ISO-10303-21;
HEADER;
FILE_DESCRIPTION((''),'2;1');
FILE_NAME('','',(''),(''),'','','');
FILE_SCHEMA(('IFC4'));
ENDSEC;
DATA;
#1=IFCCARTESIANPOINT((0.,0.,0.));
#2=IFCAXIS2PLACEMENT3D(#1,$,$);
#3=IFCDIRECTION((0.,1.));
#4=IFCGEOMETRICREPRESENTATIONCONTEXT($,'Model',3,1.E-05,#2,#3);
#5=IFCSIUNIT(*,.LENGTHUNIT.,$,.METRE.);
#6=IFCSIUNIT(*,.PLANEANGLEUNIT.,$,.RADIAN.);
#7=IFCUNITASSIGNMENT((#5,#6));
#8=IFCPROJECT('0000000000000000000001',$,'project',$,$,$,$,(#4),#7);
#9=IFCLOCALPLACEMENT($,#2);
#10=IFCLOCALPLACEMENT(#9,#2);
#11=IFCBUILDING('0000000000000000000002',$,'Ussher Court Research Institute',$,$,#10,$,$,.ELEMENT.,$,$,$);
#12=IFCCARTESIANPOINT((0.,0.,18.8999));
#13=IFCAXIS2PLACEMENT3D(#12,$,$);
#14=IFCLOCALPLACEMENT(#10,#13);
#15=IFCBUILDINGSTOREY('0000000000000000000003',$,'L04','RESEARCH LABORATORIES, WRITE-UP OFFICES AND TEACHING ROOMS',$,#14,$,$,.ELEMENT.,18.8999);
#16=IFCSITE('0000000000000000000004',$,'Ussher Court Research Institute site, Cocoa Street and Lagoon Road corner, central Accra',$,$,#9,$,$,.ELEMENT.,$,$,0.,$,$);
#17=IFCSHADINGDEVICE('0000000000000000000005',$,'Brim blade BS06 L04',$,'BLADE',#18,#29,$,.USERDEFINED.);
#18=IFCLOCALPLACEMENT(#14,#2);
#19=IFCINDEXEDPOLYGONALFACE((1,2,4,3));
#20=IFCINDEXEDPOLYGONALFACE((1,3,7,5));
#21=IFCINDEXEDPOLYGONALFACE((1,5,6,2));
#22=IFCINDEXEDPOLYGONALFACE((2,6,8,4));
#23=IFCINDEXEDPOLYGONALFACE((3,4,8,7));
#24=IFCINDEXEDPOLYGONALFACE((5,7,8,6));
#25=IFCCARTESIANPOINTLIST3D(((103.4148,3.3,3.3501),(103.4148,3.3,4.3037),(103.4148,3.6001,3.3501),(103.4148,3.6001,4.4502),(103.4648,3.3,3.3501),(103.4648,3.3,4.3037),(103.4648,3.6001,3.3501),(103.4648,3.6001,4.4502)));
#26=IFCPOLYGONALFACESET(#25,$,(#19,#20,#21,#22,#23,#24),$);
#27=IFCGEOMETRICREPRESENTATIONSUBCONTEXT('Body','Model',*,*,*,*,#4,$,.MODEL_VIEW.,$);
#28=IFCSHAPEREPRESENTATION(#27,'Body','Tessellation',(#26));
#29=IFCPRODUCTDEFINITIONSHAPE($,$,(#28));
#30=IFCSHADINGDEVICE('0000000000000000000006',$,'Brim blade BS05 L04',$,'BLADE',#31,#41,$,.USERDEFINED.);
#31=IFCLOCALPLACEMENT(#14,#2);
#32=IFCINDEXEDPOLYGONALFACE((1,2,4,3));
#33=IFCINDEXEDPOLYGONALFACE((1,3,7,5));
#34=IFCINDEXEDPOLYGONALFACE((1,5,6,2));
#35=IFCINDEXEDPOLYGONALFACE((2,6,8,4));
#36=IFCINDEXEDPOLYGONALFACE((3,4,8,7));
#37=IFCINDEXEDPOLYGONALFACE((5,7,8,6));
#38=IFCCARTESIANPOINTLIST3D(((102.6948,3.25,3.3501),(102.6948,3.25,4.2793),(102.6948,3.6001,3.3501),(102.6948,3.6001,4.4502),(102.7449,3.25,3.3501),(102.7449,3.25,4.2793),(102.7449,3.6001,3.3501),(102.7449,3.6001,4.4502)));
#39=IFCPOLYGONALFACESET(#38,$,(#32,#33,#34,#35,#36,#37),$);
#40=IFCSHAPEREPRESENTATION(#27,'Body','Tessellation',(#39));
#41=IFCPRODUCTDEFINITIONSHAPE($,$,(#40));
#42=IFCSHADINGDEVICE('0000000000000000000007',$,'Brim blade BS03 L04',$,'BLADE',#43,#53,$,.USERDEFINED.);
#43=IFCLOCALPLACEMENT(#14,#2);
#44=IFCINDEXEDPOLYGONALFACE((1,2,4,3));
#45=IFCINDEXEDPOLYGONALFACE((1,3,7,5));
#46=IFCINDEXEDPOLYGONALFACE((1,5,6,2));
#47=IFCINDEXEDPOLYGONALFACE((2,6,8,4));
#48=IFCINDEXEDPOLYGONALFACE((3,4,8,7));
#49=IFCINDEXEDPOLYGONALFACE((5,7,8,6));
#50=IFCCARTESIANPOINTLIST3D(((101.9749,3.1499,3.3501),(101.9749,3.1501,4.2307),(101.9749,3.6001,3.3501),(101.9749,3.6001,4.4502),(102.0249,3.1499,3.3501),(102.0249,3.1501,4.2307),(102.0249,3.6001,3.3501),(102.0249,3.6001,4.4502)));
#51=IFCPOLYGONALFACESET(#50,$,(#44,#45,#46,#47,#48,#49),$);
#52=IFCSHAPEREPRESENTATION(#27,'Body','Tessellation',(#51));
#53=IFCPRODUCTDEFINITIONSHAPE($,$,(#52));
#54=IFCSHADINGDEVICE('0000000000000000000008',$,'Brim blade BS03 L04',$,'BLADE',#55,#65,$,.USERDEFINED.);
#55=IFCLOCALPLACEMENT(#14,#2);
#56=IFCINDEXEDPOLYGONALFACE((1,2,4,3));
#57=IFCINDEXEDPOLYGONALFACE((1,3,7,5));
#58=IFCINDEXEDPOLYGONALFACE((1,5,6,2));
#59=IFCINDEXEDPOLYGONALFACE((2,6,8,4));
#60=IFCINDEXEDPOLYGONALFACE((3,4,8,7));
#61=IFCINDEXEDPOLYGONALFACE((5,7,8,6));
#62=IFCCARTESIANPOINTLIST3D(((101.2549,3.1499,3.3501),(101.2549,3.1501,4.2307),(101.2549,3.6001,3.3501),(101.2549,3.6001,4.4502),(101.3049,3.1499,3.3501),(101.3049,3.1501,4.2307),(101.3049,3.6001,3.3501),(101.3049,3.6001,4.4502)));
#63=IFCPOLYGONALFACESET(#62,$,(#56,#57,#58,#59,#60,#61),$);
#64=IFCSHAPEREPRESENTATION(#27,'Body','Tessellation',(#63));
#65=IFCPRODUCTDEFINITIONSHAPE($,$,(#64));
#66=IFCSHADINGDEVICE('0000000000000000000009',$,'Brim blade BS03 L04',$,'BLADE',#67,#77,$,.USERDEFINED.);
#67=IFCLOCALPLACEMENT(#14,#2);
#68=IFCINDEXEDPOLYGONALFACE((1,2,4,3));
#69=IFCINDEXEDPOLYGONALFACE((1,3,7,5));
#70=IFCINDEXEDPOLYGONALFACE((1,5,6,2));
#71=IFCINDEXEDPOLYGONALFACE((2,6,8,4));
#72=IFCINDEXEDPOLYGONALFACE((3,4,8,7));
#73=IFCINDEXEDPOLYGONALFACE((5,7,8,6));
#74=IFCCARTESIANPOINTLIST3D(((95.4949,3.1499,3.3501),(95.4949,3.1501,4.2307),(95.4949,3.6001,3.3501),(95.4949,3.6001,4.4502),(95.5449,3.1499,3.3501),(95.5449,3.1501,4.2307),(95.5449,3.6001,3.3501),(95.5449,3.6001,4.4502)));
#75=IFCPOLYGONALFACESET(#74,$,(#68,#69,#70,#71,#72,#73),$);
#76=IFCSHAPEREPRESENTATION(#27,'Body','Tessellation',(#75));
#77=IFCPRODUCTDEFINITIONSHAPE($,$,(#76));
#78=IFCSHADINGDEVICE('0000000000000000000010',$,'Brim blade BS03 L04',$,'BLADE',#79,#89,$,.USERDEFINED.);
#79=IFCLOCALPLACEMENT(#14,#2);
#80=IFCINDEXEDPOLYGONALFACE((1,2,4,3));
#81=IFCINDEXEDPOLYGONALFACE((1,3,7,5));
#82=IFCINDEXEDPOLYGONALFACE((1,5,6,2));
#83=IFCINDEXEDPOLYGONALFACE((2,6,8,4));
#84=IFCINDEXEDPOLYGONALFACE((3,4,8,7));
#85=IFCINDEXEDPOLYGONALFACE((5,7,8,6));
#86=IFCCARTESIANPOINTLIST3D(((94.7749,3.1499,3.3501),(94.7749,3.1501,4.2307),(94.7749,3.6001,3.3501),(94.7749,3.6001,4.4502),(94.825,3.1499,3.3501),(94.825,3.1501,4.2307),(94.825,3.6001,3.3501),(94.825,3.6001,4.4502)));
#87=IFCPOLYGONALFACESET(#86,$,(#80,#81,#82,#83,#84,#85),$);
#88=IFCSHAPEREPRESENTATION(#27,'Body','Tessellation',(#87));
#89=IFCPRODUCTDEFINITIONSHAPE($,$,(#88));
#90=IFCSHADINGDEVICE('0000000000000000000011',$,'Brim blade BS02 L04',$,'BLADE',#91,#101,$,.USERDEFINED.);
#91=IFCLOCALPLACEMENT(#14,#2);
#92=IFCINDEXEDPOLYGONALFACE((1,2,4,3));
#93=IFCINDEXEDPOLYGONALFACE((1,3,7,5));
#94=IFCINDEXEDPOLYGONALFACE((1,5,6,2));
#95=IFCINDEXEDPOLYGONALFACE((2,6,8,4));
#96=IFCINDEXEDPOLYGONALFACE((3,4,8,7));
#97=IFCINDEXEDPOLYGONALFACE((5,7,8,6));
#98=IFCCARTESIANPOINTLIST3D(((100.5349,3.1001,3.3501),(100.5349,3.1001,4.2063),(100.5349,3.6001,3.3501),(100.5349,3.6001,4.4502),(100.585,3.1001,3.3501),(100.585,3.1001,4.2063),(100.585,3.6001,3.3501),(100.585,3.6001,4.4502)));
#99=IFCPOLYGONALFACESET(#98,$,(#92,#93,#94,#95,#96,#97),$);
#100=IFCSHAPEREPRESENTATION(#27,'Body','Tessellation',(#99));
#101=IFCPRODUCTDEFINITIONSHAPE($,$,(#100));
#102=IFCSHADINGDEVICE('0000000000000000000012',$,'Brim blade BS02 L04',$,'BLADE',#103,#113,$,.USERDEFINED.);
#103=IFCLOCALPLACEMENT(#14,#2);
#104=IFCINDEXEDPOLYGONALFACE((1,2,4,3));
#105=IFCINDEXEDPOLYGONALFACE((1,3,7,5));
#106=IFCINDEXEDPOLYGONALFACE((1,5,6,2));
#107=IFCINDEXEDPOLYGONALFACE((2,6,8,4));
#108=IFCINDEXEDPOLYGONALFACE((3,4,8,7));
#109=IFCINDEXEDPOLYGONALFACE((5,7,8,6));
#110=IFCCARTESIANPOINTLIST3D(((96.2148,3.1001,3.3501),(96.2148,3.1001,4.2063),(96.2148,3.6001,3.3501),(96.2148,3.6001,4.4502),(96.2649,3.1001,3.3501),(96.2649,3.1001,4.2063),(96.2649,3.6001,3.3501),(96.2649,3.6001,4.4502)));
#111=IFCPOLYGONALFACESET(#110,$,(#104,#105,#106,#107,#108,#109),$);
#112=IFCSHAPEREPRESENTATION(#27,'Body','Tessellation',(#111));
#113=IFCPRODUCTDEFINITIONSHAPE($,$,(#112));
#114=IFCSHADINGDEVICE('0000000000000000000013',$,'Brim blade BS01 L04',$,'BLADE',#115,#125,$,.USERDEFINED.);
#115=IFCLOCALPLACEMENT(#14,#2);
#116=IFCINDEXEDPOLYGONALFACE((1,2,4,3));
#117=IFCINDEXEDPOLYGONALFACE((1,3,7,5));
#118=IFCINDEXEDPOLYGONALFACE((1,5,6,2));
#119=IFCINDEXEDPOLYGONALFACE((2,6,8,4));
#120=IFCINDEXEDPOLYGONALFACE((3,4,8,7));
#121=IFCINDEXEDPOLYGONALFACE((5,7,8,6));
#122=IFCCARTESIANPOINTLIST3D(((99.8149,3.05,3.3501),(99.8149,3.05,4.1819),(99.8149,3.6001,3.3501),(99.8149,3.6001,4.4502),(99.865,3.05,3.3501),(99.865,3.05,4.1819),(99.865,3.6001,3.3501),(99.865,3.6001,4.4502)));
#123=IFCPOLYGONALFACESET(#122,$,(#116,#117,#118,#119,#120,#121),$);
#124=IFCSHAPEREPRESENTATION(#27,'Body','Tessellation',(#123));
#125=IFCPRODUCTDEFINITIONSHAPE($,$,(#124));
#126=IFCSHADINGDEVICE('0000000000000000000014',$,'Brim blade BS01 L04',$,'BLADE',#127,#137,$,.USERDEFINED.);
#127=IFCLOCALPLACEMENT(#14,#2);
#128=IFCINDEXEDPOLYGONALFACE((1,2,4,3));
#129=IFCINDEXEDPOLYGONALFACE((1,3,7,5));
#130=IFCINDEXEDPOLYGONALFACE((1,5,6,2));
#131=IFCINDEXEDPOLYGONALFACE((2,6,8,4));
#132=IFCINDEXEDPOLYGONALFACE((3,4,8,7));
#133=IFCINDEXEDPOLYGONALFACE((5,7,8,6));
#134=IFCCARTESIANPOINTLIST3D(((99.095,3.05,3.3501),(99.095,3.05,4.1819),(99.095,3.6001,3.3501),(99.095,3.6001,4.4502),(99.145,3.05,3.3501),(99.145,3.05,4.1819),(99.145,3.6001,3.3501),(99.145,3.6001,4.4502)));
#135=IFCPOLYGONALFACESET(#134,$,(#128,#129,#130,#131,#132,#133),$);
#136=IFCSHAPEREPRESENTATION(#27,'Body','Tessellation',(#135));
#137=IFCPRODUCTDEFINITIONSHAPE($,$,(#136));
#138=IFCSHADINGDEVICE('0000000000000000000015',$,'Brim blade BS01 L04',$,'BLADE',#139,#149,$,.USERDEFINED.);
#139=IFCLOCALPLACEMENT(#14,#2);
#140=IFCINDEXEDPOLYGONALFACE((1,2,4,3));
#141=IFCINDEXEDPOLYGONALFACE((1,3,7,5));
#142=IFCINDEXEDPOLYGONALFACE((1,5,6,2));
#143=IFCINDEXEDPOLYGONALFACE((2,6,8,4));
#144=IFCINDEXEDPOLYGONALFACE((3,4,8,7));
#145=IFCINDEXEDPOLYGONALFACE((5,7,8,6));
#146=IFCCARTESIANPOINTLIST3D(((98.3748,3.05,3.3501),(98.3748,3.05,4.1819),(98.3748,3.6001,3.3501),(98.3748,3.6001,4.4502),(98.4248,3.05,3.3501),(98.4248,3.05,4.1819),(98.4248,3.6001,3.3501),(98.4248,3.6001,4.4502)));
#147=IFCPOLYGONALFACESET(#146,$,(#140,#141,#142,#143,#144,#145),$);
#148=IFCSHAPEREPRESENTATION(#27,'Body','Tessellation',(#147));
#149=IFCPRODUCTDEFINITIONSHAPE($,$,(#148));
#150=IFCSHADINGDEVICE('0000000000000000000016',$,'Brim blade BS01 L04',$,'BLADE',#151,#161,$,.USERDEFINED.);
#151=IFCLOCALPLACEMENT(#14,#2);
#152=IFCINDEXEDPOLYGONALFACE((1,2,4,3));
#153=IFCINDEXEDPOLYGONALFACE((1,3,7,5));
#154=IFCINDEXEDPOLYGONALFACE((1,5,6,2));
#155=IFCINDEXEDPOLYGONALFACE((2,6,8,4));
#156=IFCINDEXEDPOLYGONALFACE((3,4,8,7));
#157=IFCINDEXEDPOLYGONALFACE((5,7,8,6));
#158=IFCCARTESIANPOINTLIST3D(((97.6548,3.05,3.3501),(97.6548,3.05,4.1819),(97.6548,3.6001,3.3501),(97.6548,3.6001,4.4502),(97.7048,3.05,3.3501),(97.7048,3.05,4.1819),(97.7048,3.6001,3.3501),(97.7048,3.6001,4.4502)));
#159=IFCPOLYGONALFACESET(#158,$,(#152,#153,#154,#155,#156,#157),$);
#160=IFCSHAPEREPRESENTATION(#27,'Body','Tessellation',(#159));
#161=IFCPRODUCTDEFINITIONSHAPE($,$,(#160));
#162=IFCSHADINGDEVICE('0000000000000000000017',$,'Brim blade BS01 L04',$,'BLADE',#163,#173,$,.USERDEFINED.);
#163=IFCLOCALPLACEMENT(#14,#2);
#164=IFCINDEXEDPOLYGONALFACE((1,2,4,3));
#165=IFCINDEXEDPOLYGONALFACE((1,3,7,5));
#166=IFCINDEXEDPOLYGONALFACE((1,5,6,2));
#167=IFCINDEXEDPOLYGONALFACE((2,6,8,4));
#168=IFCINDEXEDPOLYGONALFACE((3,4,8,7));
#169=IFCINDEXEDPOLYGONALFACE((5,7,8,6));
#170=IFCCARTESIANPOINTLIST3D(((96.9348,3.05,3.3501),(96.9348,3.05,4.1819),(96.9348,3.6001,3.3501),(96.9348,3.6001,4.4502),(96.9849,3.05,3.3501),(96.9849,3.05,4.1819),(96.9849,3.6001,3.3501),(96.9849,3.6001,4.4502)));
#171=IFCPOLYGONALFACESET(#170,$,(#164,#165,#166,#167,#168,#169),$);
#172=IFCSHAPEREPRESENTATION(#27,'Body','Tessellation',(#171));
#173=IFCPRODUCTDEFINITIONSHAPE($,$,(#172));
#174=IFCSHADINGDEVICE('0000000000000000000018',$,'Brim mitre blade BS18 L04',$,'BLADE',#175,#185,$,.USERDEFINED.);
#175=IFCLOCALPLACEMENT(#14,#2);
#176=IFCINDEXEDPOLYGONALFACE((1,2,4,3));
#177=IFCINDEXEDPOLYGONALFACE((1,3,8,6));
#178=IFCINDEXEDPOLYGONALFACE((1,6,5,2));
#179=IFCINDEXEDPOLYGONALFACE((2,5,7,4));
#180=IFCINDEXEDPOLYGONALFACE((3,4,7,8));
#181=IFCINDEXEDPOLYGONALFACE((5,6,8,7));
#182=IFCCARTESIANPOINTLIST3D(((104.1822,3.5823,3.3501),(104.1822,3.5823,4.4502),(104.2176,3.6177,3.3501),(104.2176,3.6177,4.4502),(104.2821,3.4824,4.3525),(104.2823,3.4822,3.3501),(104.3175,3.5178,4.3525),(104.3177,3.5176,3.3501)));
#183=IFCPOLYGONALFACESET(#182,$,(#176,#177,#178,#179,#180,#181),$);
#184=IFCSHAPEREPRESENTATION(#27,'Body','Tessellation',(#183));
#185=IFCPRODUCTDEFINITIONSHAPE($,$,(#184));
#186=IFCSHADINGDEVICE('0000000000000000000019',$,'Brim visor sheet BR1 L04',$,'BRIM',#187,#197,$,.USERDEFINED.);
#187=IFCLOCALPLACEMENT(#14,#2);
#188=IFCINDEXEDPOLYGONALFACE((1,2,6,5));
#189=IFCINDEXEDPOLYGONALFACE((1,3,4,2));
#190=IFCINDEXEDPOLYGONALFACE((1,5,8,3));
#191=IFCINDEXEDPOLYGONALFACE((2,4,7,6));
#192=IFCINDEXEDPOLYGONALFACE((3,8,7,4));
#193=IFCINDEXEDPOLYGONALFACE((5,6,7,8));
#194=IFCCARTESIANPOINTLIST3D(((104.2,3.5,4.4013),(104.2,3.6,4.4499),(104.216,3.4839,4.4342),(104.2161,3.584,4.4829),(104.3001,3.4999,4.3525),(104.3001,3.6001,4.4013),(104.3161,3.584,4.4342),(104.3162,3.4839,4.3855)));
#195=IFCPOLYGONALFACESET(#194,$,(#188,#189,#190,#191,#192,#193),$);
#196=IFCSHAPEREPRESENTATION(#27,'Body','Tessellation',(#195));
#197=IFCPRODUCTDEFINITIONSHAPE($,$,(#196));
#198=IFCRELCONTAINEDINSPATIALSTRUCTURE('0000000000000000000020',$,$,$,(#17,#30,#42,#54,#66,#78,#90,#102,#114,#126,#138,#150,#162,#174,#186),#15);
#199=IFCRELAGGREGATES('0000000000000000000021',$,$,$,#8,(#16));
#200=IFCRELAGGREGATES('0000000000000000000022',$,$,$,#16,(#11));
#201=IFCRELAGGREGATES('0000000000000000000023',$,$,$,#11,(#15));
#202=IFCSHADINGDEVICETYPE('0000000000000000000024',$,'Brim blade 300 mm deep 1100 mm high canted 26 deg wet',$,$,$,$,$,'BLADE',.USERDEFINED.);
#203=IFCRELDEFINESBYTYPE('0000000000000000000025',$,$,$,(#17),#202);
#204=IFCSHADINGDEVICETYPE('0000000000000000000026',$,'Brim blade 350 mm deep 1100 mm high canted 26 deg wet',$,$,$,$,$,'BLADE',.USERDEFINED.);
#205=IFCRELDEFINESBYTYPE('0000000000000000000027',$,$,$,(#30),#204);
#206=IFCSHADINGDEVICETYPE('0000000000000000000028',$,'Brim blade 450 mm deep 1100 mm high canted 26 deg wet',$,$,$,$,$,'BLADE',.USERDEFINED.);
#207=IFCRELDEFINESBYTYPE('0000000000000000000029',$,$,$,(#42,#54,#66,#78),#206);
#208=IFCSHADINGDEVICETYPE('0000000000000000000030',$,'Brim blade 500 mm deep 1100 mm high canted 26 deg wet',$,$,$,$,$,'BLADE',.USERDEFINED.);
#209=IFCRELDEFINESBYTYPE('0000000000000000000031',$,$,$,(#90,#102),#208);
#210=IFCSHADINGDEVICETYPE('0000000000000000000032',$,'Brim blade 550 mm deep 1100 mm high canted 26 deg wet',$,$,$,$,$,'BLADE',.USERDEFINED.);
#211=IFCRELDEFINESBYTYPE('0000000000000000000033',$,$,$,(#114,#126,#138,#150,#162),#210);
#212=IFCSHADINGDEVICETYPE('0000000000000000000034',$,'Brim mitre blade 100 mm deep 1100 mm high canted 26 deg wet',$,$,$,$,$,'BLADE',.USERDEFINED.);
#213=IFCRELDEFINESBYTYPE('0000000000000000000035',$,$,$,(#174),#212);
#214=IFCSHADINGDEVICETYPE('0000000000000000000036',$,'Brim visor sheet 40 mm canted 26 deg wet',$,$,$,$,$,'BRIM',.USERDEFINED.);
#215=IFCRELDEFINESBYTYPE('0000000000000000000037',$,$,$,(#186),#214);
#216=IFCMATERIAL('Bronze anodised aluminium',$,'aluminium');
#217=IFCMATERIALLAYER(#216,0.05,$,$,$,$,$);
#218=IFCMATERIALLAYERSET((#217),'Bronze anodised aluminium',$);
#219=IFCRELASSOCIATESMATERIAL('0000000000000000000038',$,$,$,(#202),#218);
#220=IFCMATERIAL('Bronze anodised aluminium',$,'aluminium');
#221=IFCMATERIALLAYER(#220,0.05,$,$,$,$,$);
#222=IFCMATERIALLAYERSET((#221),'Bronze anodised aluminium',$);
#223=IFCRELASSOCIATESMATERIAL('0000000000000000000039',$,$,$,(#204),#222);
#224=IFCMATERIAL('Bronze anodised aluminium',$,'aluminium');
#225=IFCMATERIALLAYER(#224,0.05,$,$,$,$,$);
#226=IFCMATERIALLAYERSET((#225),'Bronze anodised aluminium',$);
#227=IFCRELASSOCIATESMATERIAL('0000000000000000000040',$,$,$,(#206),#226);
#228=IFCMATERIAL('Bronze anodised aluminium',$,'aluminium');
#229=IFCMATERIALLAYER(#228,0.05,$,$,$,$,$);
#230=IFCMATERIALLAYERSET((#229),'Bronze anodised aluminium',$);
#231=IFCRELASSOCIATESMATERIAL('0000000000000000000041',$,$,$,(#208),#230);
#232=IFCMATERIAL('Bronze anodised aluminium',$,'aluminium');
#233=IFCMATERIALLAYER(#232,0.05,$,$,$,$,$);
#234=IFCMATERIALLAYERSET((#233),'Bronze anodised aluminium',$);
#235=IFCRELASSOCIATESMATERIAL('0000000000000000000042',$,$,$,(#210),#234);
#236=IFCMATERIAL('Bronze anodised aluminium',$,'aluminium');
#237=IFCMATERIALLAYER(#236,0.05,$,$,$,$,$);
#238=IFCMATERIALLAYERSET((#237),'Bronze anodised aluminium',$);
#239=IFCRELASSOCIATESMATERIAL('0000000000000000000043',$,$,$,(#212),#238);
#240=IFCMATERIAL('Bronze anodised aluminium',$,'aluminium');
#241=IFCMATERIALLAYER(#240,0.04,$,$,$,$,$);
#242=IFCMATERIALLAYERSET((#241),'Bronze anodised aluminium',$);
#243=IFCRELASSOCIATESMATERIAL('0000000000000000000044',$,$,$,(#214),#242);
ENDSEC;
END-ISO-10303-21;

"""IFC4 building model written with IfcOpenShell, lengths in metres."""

from ifc_helpers import new_model, si_unit, direction, frame, origin, place, context, subcontext, project, spatial, polyline, outline, extrude, material, layer, layer_set, type_object, element, save


model = new_model("IFC4")

# Units and contexts
model_context = context("Model", 3, precision=1e-05, world=origin(), true_north=direction((0.0, 1.0)))
body_context = subcontext(model_context, "Body", "Model", "MODEL_VIEW")
ifc_project = project(units=[si_unit("LENGTHUNIT", "METRE"), si_unit("PLANEANGLEUNIT", "RADIAN")], contexts=[model_context])

# Site, building, storey
site_placement = place(None, origin())
site = spatial("IfcSite", under=ifc_project, at=site_placement, Name="Ussher Court Research Institute site, Cocoa Street and Lagoon Road corner, central Accra", CompositionType="ELEMENT", RefElevation=0.0)
building_placement = place(site_placement, origin())
building = spatial("IfcBuilding", under=site, at=building_placement, Name="Ussher Court Research Institute", CompositionType="ELEMENT")
storey_placement = place(building_placement, frame((0.0, 0.0, 18.8999)))
storey = spatial("IfcBuildingStorey", under=building, at=storey_placement, Name="L04", Description="RESEARCH LABORATORIES, WRITE-UP OFFICES AND TEACHING ROOMS", CompositionType="ELEMENT", Elevation=18.8999)

# Shading devices
ifc_material_1 = material(Name="Bronze anodised aluminium", Category="aluminium")
ifc_layer_1 = layer(ifc_material_1, 0.05)
ifc_layer_set_1 = layer_set([ifc_layer_1], Name="Bronze anodised aluminium")
shading_device_type_1 = type_object("IfcShadingDeviceType", Name="Brim blade 300 mm deep 1100 mm high canted 26 deg wet", ElementType="BLADE", PredefinedType="USERDEFINED", material=ifc_layer_set_1)
shading_device_1_placement = place(storey_placement, frame((103.4399, 3.6001, 3.3501), z_axis=(0.0, 0.0, 1.0), x_axis=(0.0, -1.0, 0.0)))
element("IfcShadingDevice", 1, at=shading_device_1_placement, inside=storey, type_object=shading_device_type_1, Name="Brim blade BS06 L04", ObjectType="BLADE", PredefinedType="USERDEFINED", context=body_context, shape_type="SweptSolid", body=[
    extrude(outline(polyline([(0.0, 0.0), (0.3, 0.0), (0.3, 0.9536), (0.0, 1.1001), (0.0, 0.0)])), frame((0.0, 0.0249, 0.0), z_axis=(0.0, -1.0, 0.0), x_axis=(1.0, 0.0, 0.0)), (0.0, 0.0, 1.0), 0.05),
])
ifc_material_2 = material(Name="Bronze anodised aluminium", Category="aluminium")
ifc_layer_2 = layer(ifc_material_2, 0.05)
ifc_layer_set_2 = layer_set([ifc_layer_2], Name="Bronze anodised aluminium")
shading_device_type_2 = type_object("IfcShadingDeviceType", Name="Brim blade 350 mm deep 1100 mm high canted 26 deg wet", ElementType="BLADE", PredefinedType="USERDEFINED", material=ifc_layer_set_2)
shading_device_2_placement = place(storey_placement, frame((102.72, 3.6001, 3.3501), z_axis=(0.0, 0.0, 1.0), x_axis=(0.0, -1.0, 0.0)))
element("IfcShadingDevice", 2, at=shading_device_2_placement, inside=storey, type_object=shading_device_type_2, Name="Brim blade BS05 L04", ObjectType="BLADE", PredefinedType="USERDEFINED", context=body_context, shape_type="SweptSolid", body=[
    extrude(outline(polyline([(0.0, 0.0), (0.3501, 0.0), (0.3501, 0.9292), (0.0, 1.1001), (0.0, 0.0)])), frame((0.0, 0.0249, 0.0), z_axis=(0.0, -1.0, 0.0), x_axis=(1.0, 0.0, 0.0)), (0.0, 0.0, 1.0), 0.05),
])
ifc_material_3 = material(Name="Bronze anodised aluminium", Category="aluminium")
ifc_layer_3 = layer(ifc_material_3, 0.05)
ifc_layer_set_3 = layer_set([ifc_layer_3], Name="Bronze anodised aluminium")
shading_device_type_3 = type_object("IfcShadingDeviceType", Name="Brim blade 450 mm deep 1100 mm high canted 26 deg wet", ElementType="BLADE", PredefinedType="USERDEFINED", material=ifc_layer_set_3)
for number, where, z_axis, x_axis, name in (
    (3, (102.0, 3.6001, 3.3501), (0.0, 0.0, 1.0), (0.0, -1.0, 0.0), "Brim blade BS03 L04"),
    (4, (101.28, 3.6001, 3.3501), (0.0, 0.0, 1.0), (0.0, -1.0, 0.0), "Brim blade BS03 L04"),
    (5, (95.52, 3.6001, 3.3501), (0.0, 0.0, 1.0), (0.0, -1.0, 0.0), "Brim blade BS03 L04"),
    (6, (94.8, 3.6001, 3.3501), (0.0, 0.0, 1.0), (0.0, -1.0, 0.0), "Brim blade BS03 L04"),
):
    element("IfcShadingDevice", number, at=place(storey_placement, frame(where, z_axis=z_axis, x_axis=x_axis)), inside=storey, type_object=shading_device_type_3, Name=name, ObjectType="BLADE", PredefinedType="USERDEFINED", context=body_context, shape_type="SweptSolid", body=[
        extrude(outline(polyline([(0.0, 0.0), (0.4502, 0.0), (0.45, 0.8806), (0.0, 1.1001), (0.0, 0.0)])), frame((0.0, 0.0249, 0.0), z_axis=(0.0, -1.0, 0.0), x_axis=(1.0, 0.0, 0.0)), (0.0, 0.0, 1.0), 0.05),
    ])
ifc_material_4 = material(Name="Bronze anodised aluminium", Category="aluminium")
ifc_layer_4 = layer(ifc_material_4, 0.05)
ifc_layer_set_4 = layer_set([ifc_layer_4], Name="Bronze anodised aluminium")
shading_device_type_4 = type_object("IfcShadingDeviceType", Name="Brim blade 500 mm deep 1100 mm high canted 26 deg wet", ElementType="BLADE", PredefinedType="USERDEFINED", material=ifc_layer_set_4)
for number, where, z_axis, x_axis, name in (
    (7, (100.5601, 3.6001, 3.3501), (0.0, 0.0, 1.0), (0.0, -1.0, 0.0), "Brim blade BS02 L04"),
    (8, (96.24, 3.6001, 3.3501), (0.0, 0.0, 1.0), (0.0, -1.0, 0.0), "Brim blade BS02 L04"),
):
    element("IfcShadingDevice", number, at=place(storey_placement, frame(where, z_axis=z_axis, x_axis=x_axis)), inside=storey, type_object=shading_device_type_4, Name=name, ObjectType="BLADE", PredefinedType="USERDEFINED", context=body_context, shape_type="SweptSolid", body=[
        extrude(outline(polyline([(0.0, 0.0), (0.5, 0.0), (0.5, 0.8562), (0.0, 1.1001), (0.0, 0.0)])), frame((0.0, 0.0249, 0.0), z_axis=(0.0, -1.0, 0.0), x_axis=(1.0, 0.0, 0.0)), (0.0, 0.0, 1.0), 0.05),
    ])
ifc_material_5 = material(Name="Bronze anodised aluminium", Category="aluminium")
ifc_layer_5 = layer(ifc_material_5, 0.05)
ifc_layer_set_5 = layer_set([ifc_layer_5], Name="Bronze anodised aluminium")
shading_device_type_5 = type_object("IfcShadingDeviceType", Name="Brim blade 550 mm deep 1100 mm high canted 26 deg wet", ElementType="BLADE", PredefinedType="USERDEFINED", material=ifc_layer_set_5)
for number, where, z_axis, x_axis, name in (
    (9, (99.8401, 3.6001, 3.3501), (0.0, 0.0, 1.0), (0.0, -1.0, 0.0), "Brim blade BS01 L04"),
    (10, (99.1201, 3.6001, 3.3501), (0.0, 0.0, 1.0), (0.0, -1.0, 0.0), "Brim blade BS01 L04"),
    (11, (98.3999, 3.6001, 3.3501), (0.0, 0.0, 1.0), (0.0, -1.0, 0.0), "Brim blade BS01 L04"),
    (12, (97.6799, 3.6001, 3.3501), (0.0, 0.0, 1.0), (0.0, -1.0, 0.0), "Brim blade BS01 L04"),
    (13, (96.96, 3.6001, 3.3501), (0.0, 0.0, 1.0), (0.0, -1.0, 0.0), "Brim blade BS01 L04"),
):
    element("IfcShadingDevice", number, at=place(storey_placement, frame(where, z_axis=z_axis, x_axis=x_axis)), inside=storey, type_object=shading_device_type_5, Name=name, ObjectType="BLADE", PredefinedType="USERDEFINED", context=body_context, shape_type="SweptSolid", body=[
        extrude(outline(polyline([(0.0, 0.0), (0.55, 0.0), (0.55, 0.8318), (0.0, 1.1001), (0.0, 0.0)])), frame((0.0, 0.0249, 0.0), z_axis=(0.0, -1.0, 0.0), x_axis=(1.0, 0.0, 0.0)), (0.0, 0.0, 1.0), 0.05),
    ])
ifc_material_6 = material(Name="Bronze anodised aluminium", Category="aluminium")
ifc_layer_6 = layer(ifc_material_6, 0.05)
ifc_layer_set_6 = layer_set([ifc_layer_6], Name="Bronze anodised aluminium")
shading_device_type_6 = type_object("IfcShadingDeviceType", Name="Brim mitre blade 100 mm deep 1100 mm high canted 26 deg wet", ElementType="BLADE", PredefinedType="USERDEFINED", material=ifc_layer_set_6)
shading_device_3_placement = place(storey_placement, frame((104.2, 3.6001, 3.3501), z_axis=(0.0, 0.0, 1.0), x_axis=(0.707107, -0.707107, 0.0)))
element("IfcShadingDevice", 14, at=shading_device_3_placement, inside=storey, type_object=shading_device_type_6, Name="Brim mitre blade BS18 L04", ObjectType="BLADE", PredefinedType="USERDEFINED", context=body_context, shape_type="SweptSolid", body=[
    extrude(outline(polyline([(0.0, 0.0), (0.1416, 0.0), (0.1414, 1.0024), (0.0, 1.1001), (0.0, 0.0)])), frame((0.0, 0.0249, 0.0), z_axis=(0.0, -1.0, 0.0), x_axis=(1.0, 0.0, 0.0)), (0.0, 0.0, 1.0), 0.05),
])
ifc_material_7 = material(Name="Bronze anodised aluminium", Category="aluminium")
ifc_layer_7 = layer(ifc_material_7, 0.04)
ifc_layer_set_7 = layer_set([ifc_layer_7], Name="Bronze anodised aluminium")
shading_device_type_7 = type_object("IfcShadingDeviceType", Name="Brim visor sheet 40 mm canted 26 deg wet", ElementType="BRIM", PredefinedType="USERDEFINED", material=ifc_layer_set_7)
shading_device_4_placement = place(storey_placement, frame((104.2161, 3.584, 4.4829), z_axis=(0.400848, -0.400848, 0.823797), x_axis=(-0.000362, -0.899269, -0.437395)))
element("IfcShadingDevice", 15, at=shading_device_4_placement, inside=storey, type_object=shading_device_type_7, Name="Brim visor sheet BR1 L04", ObjectType="BRIM", PredefinedType="USERDEFINED", context=body_context, shape_type="SweptSolid", body=[
    extrude(outline(polyline([(0.0, 0.0), (0.1113, 0.0), (0.1326, 0.1093), (0.0212, 0.1092), (0.0, 0.0)])), origin(), (0.0, 0.0, -1.0), 0.04),
])

save(model, "model.ifc")
